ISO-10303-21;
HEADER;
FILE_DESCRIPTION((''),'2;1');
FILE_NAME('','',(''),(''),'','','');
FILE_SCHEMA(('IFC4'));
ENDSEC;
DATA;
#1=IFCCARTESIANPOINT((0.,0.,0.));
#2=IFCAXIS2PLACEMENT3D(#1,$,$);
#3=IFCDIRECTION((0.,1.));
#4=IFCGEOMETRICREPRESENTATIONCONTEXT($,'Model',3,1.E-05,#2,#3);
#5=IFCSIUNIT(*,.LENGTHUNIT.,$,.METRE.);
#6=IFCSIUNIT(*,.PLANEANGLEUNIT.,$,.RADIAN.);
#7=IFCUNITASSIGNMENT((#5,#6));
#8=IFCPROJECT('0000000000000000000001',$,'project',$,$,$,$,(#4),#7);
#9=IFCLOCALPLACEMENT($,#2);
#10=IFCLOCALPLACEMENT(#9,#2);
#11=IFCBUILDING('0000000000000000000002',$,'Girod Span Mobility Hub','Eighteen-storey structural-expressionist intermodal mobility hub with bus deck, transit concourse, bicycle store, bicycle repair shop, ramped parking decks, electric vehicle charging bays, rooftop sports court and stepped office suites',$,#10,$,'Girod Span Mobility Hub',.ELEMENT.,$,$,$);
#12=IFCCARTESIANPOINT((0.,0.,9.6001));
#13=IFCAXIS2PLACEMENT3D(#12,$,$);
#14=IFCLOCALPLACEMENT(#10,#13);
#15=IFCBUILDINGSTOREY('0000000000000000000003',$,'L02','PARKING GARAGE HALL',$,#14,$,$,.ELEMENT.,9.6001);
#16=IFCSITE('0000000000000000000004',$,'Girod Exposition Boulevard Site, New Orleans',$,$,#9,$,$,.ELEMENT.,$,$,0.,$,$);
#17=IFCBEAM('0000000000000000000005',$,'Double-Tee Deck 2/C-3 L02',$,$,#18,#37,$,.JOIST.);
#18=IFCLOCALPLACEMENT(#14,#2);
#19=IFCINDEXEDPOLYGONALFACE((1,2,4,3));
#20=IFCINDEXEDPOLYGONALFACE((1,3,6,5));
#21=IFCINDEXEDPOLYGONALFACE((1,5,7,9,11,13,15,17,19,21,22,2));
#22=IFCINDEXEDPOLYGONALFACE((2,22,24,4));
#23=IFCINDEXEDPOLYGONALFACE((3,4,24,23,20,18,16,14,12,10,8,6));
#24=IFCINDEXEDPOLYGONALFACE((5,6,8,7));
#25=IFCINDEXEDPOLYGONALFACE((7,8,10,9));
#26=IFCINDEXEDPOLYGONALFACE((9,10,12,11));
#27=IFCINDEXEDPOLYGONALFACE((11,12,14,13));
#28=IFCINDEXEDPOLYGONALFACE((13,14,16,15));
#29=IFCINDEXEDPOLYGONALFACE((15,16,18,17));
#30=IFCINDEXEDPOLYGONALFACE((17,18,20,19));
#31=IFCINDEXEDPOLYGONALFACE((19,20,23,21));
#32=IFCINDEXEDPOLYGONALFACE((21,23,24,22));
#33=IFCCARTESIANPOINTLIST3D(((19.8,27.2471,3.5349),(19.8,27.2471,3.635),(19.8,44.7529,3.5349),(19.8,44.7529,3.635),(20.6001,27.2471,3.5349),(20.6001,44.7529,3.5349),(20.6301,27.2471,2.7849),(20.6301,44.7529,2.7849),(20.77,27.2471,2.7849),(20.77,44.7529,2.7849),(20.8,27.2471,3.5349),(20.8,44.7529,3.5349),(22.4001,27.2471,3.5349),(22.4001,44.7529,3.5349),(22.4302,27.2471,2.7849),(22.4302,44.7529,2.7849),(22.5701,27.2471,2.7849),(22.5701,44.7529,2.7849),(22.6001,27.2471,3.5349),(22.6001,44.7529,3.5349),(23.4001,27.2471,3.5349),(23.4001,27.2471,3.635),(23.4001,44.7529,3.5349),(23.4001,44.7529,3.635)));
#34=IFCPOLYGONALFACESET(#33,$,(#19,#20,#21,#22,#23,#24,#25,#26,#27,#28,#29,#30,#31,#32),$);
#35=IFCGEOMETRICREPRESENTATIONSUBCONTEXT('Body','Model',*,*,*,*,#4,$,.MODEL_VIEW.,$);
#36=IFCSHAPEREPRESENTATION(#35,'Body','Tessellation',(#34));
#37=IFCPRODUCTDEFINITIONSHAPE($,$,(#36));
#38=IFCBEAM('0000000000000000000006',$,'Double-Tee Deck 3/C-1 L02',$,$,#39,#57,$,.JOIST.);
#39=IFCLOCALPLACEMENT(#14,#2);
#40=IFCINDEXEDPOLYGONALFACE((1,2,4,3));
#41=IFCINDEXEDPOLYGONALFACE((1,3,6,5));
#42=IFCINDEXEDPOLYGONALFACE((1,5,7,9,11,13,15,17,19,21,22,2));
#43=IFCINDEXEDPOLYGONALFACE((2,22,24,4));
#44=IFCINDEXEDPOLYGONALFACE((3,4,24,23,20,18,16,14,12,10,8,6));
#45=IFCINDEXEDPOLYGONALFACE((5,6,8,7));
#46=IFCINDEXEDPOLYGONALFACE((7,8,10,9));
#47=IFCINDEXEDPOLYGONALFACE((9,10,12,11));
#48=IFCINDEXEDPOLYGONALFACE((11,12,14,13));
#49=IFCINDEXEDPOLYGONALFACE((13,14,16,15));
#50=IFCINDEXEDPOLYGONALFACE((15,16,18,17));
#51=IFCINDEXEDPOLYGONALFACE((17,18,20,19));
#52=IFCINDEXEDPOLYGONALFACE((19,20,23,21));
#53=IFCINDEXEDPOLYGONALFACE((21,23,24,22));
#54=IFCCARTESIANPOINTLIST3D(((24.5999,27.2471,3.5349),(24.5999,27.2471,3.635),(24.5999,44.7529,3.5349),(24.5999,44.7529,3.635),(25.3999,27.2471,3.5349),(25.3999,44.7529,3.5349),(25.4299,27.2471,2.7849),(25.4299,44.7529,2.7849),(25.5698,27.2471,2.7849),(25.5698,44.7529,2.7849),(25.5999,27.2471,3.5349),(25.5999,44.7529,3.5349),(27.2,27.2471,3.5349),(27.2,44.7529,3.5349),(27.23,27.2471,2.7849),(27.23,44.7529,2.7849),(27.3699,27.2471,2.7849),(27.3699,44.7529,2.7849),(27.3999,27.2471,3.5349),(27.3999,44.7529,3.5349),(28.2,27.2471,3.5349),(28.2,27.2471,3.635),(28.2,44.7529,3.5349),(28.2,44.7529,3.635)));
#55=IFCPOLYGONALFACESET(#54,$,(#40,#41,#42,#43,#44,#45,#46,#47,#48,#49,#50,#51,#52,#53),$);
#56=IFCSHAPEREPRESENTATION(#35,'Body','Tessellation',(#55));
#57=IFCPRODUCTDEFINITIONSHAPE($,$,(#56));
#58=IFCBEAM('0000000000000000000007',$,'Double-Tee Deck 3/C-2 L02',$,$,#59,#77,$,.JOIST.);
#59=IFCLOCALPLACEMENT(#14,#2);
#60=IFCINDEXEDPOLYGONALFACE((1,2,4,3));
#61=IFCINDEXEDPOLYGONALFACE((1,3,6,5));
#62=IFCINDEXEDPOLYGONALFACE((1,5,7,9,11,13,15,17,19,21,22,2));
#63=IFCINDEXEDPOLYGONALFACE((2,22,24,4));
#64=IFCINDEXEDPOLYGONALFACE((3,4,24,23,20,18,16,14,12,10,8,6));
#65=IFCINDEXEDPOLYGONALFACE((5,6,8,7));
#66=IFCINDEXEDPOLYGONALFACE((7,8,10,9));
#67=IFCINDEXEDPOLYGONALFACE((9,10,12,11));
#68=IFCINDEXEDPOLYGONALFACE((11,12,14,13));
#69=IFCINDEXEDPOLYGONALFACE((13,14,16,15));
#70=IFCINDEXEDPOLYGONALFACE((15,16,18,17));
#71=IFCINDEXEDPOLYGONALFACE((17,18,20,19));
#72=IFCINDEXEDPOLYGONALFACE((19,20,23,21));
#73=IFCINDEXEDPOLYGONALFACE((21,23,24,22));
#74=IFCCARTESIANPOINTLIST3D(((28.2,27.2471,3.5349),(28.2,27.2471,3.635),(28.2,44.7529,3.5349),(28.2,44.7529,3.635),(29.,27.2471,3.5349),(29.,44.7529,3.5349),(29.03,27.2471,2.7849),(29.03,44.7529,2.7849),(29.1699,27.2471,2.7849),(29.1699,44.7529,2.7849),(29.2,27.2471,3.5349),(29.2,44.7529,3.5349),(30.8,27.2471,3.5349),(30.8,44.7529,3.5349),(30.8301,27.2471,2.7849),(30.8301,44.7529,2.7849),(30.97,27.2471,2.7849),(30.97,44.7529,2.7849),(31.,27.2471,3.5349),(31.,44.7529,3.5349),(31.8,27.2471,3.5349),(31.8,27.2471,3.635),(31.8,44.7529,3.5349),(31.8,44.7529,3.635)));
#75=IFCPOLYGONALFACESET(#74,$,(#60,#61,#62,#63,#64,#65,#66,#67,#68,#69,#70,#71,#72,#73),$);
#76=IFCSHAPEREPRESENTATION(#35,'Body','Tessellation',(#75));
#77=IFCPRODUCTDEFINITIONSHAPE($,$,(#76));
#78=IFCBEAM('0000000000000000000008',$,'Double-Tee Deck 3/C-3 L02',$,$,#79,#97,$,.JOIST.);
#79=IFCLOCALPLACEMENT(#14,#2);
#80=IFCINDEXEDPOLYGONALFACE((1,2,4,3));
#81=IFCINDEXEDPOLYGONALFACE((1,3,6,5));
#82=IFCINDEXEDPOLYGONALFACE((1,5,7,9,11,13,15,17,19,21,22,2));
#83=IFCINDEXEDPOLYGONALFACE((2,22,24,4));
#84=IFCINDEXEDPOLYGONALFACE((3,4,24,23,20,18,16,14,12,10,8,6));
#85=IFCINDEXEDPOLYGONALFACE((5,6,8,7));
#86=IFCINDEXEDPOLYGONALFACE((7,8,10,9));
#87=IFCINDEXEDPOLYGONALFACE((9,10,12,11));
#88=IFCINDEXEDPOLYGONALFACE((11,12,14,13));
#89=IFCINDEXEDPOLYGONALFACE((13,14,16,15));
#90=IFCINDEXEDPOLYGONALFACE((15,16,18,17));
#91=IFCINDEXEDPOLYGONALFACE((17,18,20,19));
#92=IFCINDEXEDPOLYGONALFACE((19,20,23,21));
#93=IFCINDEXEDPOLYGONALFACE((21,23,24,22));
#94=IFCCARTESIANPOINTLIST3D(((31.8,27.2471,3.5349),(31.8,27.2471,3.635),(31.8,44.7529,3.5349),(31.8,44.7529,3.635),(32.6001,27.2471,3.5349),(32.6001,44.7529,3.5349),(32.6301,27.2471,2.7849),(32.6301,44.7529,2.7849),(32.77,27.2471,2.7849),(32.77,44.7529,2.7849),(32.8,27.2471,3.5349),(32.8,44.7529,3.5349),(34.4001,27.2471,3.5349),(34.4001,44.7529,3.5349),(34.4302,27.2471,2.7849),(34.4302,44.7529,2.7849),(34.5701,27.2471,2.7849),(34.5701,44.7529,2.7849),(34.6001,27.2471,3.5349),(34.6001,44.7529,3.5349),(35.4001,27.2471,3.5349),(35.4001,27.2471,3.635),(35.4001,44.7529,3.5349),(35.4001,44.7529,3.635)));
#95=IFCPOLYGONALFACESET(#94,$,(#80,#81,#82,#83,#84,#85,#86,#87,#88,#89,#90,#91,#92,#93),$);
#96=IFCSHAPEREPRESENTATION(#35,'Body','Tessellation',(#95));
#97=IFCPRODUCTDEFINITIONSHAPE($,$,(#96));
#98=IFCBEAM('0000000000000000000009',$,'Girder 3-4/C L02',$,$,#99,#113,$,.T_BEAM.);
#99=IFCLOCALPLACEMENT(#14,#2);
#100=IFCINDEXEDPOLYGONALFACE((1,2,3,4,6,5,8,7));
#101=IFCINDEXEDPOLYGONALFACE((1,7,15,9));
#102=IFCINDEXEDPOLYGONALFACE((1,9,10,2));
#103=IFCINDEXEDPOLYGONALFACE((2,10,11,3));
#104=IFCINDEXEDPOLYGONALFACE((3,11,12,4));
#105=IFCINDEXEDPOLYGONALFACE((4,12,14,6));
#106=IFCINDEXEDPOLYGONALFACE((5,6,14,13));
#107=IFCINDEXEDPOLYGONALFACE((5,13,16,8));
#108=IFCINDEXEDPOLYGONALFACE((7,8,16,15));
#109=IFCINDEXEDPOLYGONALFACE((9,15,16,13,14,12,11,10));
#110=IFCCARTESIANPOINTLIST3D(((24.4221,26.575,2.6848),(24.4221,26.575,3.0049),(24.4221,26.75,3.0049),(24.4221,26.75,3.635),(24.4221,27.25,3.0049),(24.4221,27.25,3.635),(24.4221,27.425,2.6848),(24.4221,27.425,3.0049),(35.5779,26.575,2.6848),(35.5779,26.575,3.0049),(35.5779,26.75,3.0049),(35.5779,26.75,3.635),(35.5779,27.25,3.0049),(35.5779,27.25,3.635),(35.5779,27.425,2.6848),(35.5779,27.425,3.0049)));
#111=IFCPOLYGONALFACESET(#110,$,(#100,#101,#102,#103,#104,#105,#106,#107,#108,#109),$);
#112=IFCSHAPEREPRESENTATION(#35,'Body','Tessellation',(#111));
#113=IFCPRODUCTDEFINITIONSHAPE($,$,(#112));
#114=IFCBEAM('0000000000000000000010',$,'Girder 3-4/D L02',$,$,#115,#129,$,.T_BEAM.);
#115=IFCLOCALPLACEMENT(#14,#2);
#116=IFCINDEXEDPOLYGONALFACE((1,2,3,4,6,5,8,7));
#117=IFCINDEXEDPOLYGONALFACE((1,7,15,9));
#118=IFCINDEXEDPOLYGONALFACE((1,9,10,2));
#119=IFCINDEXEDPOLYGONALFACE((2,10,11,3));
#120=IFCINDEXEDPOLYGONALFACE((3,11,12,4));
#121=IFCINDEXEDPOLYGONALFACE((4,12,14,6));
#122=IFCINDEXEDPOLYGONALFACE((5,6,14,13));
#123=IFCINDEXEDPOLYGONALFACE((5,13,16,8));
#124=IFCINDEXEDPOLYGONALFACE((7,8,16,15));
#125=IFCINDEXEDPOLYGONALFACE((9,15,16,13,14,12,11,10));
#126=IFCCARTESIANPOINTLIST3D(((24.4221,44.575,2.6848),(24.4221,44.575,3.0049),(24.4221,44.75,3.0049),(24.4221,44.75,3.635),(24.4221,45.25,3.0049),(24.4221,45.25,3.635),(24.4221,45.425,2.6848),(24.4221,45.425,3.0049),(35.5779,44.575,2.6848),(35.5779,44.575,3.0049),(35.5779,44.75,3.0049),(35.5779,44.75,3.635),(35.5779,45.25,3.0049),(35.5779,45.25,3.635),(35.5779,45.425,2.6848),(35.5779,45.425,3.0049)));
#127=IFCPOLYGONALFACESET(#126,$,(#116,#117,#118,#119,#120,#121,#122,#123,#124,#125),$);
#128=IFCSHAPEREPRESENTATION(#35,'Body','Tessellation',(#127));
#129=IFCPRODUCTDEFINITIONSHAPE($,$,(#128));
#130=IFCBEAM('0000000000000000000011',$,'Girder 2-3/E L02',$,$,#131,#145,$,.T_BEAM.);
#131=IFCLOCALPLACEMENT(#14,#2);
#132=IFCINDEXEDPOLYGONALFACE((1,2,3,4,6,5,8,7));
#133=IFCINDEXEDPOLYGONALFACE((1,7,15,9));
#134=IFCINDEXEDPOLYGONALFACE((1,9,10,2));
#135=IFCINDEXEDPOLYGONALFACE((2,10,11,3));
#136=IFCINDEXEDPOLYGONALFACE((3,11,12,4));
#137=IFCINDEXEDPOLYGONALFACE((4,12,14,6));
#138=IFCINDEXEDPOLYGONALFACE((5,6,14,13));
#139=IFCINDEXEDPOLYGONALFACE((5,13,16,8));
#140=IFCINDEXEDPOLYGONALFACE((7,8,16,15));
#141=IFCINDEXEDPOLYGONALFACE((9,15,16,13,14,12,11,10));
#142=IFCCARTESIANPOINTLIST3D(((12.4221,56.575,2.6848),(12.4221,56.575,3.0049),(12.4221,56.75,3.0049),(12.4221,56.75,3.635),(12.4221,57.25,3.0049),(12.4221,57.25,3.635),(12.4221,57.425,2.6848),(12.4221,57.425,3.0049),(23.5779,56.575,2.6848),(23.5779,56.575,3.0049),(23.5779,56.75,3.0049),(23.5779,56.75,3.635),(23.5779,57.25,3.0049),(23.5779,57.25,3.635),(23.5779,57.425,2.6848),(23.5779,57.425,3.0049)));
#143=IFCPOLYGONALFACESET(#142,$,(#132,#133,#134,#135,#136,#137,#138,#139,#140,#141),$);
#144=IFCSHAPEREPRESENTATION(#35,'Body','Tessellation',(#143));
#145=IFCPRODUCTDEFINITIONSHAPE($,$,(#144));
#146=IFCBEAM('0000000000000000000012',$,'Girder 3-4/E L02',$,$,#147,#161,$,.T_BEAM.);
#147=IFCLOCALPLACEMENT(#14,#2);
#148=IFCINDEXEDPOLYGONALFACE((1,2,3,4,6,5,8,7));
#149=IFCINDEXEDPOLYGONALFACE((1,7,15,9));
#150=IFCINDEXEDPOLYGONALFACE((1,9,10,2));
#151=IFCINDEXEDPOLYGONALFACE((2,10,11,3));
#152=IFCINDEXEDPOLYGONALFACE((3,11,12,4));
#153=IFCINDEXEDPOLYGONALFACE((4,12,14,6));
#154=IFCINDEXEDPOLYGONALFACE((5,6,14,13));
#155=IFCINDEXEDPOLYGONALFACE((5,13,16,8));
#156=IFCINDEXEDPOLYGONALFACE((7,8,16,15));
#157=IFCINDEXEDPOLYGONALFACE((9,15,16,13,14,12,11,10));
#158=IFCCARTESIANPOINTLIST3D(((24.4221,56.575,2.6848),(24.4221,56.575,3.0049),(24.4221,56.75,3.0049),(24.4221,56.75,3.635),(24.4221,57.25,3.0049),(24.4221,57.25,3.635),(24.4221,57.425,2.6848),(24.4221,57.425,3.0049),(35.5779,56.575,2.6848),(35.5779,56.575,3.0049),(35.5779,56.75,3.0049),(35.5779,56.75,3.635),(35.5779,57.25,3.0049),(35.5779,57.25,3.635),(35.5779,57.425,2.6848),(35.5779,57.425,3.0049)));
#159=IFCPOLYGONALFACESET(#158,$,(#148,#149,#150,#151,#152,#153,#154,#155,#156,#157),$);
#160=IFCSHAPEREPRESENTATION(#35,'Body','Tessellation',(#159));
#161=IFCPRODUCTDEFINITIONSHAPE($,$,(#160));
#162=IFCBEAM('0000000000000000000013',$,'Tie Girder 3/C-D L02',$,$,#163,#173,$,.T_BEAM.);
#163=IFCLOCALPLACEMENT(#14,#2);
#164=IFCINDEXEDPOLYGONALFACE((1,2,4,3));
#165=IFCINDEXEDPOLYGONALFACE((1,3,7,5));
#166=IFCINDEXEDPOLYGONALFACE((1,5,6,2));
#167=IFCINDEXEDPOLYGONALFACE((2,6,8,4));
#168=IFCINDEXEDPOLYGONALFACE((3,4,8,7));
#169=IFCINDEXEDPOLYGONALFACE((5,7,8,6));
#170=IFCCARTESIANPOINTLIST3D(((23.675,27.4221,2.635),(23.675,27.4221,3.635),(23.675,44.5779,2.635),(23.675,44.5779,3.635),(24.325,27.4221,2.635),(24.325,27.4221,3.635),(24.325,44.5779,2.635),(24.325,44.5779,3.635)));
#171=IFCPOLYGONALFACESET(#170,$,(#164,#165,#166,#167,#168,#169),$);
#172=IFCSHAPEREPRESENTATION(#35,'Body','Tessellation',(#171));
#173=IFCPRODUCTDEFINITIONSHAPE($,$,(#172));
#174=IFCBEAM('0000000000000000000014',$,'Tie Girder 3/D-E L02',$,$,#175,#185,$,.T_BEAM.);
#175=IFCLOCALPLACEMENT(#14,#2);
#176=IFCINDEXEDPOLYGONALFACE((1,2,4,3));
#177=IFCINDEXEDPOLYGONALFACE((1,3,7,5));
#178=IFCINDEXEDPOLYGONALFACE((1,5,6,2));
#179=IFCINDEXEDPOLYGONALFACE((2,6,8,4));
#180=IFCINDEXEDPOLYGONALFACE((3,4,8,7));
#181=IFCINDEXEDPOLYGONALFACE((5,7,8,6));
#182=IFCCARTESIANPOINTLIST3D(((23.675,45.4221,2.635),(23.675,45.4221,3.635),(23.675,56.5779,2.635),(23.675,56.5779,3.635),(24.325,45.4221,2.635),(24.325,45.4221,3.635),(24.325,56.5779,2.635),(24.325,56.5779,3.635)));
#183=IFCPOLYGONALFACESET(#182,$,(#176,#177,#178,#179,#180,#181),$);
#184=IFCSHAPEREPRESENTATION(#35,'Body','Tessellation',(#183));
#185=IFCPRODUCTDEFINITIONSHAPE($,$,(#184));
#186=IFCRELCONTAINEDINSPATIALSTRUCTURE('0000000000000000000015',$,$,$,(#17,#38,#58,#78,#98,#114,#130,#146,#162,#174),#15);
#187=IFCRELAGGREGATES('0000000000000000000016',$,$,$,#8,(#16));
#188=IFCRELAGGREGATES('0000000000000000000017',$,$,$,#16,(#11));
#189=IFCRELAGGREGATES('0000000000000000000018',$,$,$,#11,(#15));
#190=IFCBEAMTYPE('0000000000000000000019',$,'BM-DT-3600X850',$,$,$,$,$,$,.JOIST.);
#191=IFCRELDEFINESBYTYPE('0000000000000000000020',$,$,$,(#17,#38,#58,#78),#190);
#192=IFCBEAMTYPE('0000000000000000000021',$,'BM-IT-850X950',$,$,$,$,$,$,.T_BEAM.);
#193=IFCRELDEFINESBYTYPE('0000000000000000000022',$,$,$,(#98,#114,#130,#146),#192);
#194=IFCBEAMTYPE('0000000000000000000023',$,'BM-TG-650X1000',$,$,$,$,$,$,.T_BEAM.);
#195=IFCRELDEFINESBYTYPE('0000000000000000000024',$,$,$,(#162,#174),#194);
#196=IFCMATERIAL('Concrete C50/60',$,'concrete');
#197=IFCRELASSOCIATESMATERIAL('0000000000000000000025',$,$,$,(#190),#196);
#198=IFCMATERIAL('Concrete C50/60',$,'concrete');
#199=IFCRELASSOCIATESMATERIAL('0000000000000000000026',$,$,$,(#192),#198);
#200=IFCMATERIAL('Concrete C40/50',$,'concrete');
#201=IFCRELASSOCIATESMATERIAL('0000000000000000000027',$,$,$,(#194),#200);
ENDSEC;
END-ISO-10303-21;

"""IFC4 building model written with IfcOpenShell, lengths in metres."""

from ifc_helpers import new_model, si_unit, direction, frame, origin, origin_2d, place, context, subcontext, project, spatial, polyline, rectangle, outline, extrude, material, material_profile, profile_set, type_object, element, save


model = new_model("IFC4")

# Units and contexts
model_context = context("Model", 3, precision=1e-05, world=origin(), true_north=direction((0.0, 1.0)))
body_context = subcontext(model_context, "Body", "Model", "MODEL_VIEW")
ifc_project = project(units=[si_unit("LENGTHUNIT", "METRE"), si_unit("PLANEANGLEUNIT", "RADIAN")], contexts=[model_context])

# Site, building, storey
site_placement = place(None, origin())
site = spatial("IfcSite", under=ifc_project, at=site_placement, Name="Girod Exposition Boulevard Site, New Orleans", CompositionType="ELEMENT", RefElevation=0.0)
building_placement = place(site_placement, origin())
building = spatial("IfcBuilding", under=site, at=building_placement, Name="Girod Span Mobility Hub", Description="Eighteen-storey structural-expressionist intermodal mobility hub with bus deck, transit concourse, bicycle store, bicycle repair shop, ramped parking decks, electric vehicle charging bays, rooftop sports court and stepped office suites", LongName="Girod Span Mobility Hub", CompositionType="ELEMENT")
storey_placement = place(building_placement, frame((0.0, 0.0, 9.6001)))
storey = spatial("IfcBuildingStorey", under=building, at=storey_placement, Name="L02", Description="PARKING GARAGE HALL", CompositionType="ELEMENT", Elevation=9.6001)

# Beams
ifc_material_1 = material(Name="Concrete C50/60", Category="concrete")
ifc_material_profile_1 = material_profile(ifc_material_1, outline(polyline([(-1.8, 0.425), (-1.8, 0.325), (-1.0, 0.325), (-0.97, -0.425), (-0.8301, -0.425), (-0.8, 0.325), (0.8, 0.325), (0.8301, -0.425), (0.97, -0.425), (1.0, 0.325), (1.8, 0.325), (1.8, 0.425), (-1.8, 0.425)])), Name="DT-3600X850")
ifc_profile_set_1 = profile_set([ifc_material_profile_1], Name="Concrete C50/60")
beam_type_1 = type_object("IfcBeamType", Name="BM-DT-3600X850", PredefinedType="JOIST", material=ifc_profile_set_1)
for number, where, z_axis, x_axis, name in (
    (1, (21.6001, 27.2471, 3.21), (0.0, 1.0, 0.0), (-1.0, 0.0, 0.0), "Double-Tee Deck 2/C-3 L02"),
    (2, (26.3999, 27.2471, 3.21), (0.0, 1.0, 0.0), (-1.0, 0.0, 0.0), "Double-Tee Deck 3/C-1 L02"),
    (3, (30.0, 27.2471, 3.21), (0.0, 1.0, 0.0), (-1.0, 0.0, 0.0), "Double-Tee Deck 3/C-2 L02"),
    (4, (33.6001, 27.2471, 3.21), (0.0, 1.0, 0.0), (-1.0, 0.0, 0.0), "Double-Tee Deck 3/C-3 L02"),
):
    element("IfcBeam", number, at=place(storey_placement, frame(where, z_axis=z_axis, x_axis=x_axis)), inside=storey, type_object=beam_type_1, Name=name, PredefinedType="JOIST", context=body_context, shape_type="SweptSolid", body=[
        extrude(outline(polyline([(-1.8, 0.425), (-1.8, 0.325), (-1.0, 0.325), (-0.97, -0.425), (-0.8301, -0.425), (-0.8, 0.325), (0.8, 0.325), (0.8301, -0.425), (0.97, -0.425), (1.0, 0.325), (1.8, 0.325), (1.8, 0.425), (-1.8, 0.425)])), origin(), (0.0, 0.0, 1.0), 17.5059),
    ])
ifc_material_2 = material(Name="Concrete C50/60", Category="concrete")
ifc_material_profile_2 = material_profile(ifc_material_2, outline(polyline([(-0.425, -0.4751), (0.425, -0.4751), (0.425, -0.155), (0.25, -0.155), (0.25, 0.4751), (-0.25, 0.4751), (-0.25, -0.155), (-0.425, -0.155), (-0.425, -0.4751)])), Name="IT-850X950")
ifc_profile_set_2 = profile_set([ifc_material_profile_2], Name="Concrete C50/60")
beam_type_2 = type_object("IfcBeamType", Name="BM-IT-850X950", PredefinedType="T_BEAM", material=ifc_profile_set_2)
for number, where, z_axis, x_axis, name in (
    (5, (24.4221, 27.0, 3.1599), (1.0, 0.0, 0.0), (0.0, 1.0, 0.0), "Girder 3-4/C L02"),
    (6, (24.4221, 45.0, 3.1599), (1.0, 0.0, 0.0), (0.0, 1.0, 0.0), "Girder 3-4/D L02"),
    (7, (12.4221, 57.0, 3.1599), (1.0, 0.0, 0.0), (0.0, 1.0, 0.0), "Girder 2-3/E L02"),
    (8, (24.4221, 57.0, 3.1599), (1.0, 0.0, 0.0), (0.0, 1.0, 0.0), "Girder 3-4/E L02"),
):
    element("IfcBeam", number, at=place(storey_placement, frame(where, z_axis=z_axis, x_axis=x_axis)), inside=storey, type_object=beam_type_2, Name=name, PredefinedType="T_BEAM", context=body_context, shape_type="SweptSolid", body=[
        extrude(outline(polyline([(-0.425, -0.4751), (0.425, -0.4751), (0.425, -0.155), (0.25, -0.155), (0.25, 0.4751), (-0.25, 0.4751), (-0.25, -0.155), (-0.425, -0.155), (-0.425, -0.4751)])), origin(), (0.0, 0.0, 1.0), 11.1558),
    ])
ifc_material_3 = material(Name="Concrete C40/50", Category="concrete")
ifc_material_profile_3 = material_profile(ifc_material_3, rectangle(XDim=0.6499, YDim=1.0, at=origin_2d()), Name="TG-650X1000")
ifc_profile_set_3 = profile_set([ifc_material_profile_3], Name="Concrete C40/50")
beam_type_3 = type_object("IfcBeamType", Name="BM-TG-650X1000", PredefinedType="T_BEAM", material=ifc_profile_set_3)
beam_1_placement = place(storey_placement, frame((24.0, 27.4221, 3.135), z_axis=(0.0, 1.0, 0.0), x_axis=(-1.0, 0.0, 0.0)))
element("IfcBeam", 9, at=beam_1_placement, inside=storey, type_object=beam_type_3, Name="Tie Girder 3/C-D L02", PredefinedType="T_BEAM", context=body_context, shape_type="SweptSolid", body=[
    extrude(rectangle(XDim=0.6499, YDim=1.0, at=origin_2d()), origin(), (0.0, 0.0, 1.0), 17.1558),
])
beam_2_placement = place(storey_placement, frame((24.0, 45.4221, 3.135), z_axis=(0.0, 1.0, 0.0), x_axis=(-1.0, 0.0, 0.0)))
element("IfcBeam", 10, at=beam_2_placement, inside=storey, type_object=beam_type_3, Name="Tie Girder 3/D-E L02", PredefinedType="T_BEAM", context=body_context, shape_type="SweptSolid", body=[
    extrude(rectangle(XDim=0.6499, YDim=1.0, at=origin_2d()), origin(), (0.0, 0.0, 1.0), 11.1558),
])

save(model, "model.ifc")
